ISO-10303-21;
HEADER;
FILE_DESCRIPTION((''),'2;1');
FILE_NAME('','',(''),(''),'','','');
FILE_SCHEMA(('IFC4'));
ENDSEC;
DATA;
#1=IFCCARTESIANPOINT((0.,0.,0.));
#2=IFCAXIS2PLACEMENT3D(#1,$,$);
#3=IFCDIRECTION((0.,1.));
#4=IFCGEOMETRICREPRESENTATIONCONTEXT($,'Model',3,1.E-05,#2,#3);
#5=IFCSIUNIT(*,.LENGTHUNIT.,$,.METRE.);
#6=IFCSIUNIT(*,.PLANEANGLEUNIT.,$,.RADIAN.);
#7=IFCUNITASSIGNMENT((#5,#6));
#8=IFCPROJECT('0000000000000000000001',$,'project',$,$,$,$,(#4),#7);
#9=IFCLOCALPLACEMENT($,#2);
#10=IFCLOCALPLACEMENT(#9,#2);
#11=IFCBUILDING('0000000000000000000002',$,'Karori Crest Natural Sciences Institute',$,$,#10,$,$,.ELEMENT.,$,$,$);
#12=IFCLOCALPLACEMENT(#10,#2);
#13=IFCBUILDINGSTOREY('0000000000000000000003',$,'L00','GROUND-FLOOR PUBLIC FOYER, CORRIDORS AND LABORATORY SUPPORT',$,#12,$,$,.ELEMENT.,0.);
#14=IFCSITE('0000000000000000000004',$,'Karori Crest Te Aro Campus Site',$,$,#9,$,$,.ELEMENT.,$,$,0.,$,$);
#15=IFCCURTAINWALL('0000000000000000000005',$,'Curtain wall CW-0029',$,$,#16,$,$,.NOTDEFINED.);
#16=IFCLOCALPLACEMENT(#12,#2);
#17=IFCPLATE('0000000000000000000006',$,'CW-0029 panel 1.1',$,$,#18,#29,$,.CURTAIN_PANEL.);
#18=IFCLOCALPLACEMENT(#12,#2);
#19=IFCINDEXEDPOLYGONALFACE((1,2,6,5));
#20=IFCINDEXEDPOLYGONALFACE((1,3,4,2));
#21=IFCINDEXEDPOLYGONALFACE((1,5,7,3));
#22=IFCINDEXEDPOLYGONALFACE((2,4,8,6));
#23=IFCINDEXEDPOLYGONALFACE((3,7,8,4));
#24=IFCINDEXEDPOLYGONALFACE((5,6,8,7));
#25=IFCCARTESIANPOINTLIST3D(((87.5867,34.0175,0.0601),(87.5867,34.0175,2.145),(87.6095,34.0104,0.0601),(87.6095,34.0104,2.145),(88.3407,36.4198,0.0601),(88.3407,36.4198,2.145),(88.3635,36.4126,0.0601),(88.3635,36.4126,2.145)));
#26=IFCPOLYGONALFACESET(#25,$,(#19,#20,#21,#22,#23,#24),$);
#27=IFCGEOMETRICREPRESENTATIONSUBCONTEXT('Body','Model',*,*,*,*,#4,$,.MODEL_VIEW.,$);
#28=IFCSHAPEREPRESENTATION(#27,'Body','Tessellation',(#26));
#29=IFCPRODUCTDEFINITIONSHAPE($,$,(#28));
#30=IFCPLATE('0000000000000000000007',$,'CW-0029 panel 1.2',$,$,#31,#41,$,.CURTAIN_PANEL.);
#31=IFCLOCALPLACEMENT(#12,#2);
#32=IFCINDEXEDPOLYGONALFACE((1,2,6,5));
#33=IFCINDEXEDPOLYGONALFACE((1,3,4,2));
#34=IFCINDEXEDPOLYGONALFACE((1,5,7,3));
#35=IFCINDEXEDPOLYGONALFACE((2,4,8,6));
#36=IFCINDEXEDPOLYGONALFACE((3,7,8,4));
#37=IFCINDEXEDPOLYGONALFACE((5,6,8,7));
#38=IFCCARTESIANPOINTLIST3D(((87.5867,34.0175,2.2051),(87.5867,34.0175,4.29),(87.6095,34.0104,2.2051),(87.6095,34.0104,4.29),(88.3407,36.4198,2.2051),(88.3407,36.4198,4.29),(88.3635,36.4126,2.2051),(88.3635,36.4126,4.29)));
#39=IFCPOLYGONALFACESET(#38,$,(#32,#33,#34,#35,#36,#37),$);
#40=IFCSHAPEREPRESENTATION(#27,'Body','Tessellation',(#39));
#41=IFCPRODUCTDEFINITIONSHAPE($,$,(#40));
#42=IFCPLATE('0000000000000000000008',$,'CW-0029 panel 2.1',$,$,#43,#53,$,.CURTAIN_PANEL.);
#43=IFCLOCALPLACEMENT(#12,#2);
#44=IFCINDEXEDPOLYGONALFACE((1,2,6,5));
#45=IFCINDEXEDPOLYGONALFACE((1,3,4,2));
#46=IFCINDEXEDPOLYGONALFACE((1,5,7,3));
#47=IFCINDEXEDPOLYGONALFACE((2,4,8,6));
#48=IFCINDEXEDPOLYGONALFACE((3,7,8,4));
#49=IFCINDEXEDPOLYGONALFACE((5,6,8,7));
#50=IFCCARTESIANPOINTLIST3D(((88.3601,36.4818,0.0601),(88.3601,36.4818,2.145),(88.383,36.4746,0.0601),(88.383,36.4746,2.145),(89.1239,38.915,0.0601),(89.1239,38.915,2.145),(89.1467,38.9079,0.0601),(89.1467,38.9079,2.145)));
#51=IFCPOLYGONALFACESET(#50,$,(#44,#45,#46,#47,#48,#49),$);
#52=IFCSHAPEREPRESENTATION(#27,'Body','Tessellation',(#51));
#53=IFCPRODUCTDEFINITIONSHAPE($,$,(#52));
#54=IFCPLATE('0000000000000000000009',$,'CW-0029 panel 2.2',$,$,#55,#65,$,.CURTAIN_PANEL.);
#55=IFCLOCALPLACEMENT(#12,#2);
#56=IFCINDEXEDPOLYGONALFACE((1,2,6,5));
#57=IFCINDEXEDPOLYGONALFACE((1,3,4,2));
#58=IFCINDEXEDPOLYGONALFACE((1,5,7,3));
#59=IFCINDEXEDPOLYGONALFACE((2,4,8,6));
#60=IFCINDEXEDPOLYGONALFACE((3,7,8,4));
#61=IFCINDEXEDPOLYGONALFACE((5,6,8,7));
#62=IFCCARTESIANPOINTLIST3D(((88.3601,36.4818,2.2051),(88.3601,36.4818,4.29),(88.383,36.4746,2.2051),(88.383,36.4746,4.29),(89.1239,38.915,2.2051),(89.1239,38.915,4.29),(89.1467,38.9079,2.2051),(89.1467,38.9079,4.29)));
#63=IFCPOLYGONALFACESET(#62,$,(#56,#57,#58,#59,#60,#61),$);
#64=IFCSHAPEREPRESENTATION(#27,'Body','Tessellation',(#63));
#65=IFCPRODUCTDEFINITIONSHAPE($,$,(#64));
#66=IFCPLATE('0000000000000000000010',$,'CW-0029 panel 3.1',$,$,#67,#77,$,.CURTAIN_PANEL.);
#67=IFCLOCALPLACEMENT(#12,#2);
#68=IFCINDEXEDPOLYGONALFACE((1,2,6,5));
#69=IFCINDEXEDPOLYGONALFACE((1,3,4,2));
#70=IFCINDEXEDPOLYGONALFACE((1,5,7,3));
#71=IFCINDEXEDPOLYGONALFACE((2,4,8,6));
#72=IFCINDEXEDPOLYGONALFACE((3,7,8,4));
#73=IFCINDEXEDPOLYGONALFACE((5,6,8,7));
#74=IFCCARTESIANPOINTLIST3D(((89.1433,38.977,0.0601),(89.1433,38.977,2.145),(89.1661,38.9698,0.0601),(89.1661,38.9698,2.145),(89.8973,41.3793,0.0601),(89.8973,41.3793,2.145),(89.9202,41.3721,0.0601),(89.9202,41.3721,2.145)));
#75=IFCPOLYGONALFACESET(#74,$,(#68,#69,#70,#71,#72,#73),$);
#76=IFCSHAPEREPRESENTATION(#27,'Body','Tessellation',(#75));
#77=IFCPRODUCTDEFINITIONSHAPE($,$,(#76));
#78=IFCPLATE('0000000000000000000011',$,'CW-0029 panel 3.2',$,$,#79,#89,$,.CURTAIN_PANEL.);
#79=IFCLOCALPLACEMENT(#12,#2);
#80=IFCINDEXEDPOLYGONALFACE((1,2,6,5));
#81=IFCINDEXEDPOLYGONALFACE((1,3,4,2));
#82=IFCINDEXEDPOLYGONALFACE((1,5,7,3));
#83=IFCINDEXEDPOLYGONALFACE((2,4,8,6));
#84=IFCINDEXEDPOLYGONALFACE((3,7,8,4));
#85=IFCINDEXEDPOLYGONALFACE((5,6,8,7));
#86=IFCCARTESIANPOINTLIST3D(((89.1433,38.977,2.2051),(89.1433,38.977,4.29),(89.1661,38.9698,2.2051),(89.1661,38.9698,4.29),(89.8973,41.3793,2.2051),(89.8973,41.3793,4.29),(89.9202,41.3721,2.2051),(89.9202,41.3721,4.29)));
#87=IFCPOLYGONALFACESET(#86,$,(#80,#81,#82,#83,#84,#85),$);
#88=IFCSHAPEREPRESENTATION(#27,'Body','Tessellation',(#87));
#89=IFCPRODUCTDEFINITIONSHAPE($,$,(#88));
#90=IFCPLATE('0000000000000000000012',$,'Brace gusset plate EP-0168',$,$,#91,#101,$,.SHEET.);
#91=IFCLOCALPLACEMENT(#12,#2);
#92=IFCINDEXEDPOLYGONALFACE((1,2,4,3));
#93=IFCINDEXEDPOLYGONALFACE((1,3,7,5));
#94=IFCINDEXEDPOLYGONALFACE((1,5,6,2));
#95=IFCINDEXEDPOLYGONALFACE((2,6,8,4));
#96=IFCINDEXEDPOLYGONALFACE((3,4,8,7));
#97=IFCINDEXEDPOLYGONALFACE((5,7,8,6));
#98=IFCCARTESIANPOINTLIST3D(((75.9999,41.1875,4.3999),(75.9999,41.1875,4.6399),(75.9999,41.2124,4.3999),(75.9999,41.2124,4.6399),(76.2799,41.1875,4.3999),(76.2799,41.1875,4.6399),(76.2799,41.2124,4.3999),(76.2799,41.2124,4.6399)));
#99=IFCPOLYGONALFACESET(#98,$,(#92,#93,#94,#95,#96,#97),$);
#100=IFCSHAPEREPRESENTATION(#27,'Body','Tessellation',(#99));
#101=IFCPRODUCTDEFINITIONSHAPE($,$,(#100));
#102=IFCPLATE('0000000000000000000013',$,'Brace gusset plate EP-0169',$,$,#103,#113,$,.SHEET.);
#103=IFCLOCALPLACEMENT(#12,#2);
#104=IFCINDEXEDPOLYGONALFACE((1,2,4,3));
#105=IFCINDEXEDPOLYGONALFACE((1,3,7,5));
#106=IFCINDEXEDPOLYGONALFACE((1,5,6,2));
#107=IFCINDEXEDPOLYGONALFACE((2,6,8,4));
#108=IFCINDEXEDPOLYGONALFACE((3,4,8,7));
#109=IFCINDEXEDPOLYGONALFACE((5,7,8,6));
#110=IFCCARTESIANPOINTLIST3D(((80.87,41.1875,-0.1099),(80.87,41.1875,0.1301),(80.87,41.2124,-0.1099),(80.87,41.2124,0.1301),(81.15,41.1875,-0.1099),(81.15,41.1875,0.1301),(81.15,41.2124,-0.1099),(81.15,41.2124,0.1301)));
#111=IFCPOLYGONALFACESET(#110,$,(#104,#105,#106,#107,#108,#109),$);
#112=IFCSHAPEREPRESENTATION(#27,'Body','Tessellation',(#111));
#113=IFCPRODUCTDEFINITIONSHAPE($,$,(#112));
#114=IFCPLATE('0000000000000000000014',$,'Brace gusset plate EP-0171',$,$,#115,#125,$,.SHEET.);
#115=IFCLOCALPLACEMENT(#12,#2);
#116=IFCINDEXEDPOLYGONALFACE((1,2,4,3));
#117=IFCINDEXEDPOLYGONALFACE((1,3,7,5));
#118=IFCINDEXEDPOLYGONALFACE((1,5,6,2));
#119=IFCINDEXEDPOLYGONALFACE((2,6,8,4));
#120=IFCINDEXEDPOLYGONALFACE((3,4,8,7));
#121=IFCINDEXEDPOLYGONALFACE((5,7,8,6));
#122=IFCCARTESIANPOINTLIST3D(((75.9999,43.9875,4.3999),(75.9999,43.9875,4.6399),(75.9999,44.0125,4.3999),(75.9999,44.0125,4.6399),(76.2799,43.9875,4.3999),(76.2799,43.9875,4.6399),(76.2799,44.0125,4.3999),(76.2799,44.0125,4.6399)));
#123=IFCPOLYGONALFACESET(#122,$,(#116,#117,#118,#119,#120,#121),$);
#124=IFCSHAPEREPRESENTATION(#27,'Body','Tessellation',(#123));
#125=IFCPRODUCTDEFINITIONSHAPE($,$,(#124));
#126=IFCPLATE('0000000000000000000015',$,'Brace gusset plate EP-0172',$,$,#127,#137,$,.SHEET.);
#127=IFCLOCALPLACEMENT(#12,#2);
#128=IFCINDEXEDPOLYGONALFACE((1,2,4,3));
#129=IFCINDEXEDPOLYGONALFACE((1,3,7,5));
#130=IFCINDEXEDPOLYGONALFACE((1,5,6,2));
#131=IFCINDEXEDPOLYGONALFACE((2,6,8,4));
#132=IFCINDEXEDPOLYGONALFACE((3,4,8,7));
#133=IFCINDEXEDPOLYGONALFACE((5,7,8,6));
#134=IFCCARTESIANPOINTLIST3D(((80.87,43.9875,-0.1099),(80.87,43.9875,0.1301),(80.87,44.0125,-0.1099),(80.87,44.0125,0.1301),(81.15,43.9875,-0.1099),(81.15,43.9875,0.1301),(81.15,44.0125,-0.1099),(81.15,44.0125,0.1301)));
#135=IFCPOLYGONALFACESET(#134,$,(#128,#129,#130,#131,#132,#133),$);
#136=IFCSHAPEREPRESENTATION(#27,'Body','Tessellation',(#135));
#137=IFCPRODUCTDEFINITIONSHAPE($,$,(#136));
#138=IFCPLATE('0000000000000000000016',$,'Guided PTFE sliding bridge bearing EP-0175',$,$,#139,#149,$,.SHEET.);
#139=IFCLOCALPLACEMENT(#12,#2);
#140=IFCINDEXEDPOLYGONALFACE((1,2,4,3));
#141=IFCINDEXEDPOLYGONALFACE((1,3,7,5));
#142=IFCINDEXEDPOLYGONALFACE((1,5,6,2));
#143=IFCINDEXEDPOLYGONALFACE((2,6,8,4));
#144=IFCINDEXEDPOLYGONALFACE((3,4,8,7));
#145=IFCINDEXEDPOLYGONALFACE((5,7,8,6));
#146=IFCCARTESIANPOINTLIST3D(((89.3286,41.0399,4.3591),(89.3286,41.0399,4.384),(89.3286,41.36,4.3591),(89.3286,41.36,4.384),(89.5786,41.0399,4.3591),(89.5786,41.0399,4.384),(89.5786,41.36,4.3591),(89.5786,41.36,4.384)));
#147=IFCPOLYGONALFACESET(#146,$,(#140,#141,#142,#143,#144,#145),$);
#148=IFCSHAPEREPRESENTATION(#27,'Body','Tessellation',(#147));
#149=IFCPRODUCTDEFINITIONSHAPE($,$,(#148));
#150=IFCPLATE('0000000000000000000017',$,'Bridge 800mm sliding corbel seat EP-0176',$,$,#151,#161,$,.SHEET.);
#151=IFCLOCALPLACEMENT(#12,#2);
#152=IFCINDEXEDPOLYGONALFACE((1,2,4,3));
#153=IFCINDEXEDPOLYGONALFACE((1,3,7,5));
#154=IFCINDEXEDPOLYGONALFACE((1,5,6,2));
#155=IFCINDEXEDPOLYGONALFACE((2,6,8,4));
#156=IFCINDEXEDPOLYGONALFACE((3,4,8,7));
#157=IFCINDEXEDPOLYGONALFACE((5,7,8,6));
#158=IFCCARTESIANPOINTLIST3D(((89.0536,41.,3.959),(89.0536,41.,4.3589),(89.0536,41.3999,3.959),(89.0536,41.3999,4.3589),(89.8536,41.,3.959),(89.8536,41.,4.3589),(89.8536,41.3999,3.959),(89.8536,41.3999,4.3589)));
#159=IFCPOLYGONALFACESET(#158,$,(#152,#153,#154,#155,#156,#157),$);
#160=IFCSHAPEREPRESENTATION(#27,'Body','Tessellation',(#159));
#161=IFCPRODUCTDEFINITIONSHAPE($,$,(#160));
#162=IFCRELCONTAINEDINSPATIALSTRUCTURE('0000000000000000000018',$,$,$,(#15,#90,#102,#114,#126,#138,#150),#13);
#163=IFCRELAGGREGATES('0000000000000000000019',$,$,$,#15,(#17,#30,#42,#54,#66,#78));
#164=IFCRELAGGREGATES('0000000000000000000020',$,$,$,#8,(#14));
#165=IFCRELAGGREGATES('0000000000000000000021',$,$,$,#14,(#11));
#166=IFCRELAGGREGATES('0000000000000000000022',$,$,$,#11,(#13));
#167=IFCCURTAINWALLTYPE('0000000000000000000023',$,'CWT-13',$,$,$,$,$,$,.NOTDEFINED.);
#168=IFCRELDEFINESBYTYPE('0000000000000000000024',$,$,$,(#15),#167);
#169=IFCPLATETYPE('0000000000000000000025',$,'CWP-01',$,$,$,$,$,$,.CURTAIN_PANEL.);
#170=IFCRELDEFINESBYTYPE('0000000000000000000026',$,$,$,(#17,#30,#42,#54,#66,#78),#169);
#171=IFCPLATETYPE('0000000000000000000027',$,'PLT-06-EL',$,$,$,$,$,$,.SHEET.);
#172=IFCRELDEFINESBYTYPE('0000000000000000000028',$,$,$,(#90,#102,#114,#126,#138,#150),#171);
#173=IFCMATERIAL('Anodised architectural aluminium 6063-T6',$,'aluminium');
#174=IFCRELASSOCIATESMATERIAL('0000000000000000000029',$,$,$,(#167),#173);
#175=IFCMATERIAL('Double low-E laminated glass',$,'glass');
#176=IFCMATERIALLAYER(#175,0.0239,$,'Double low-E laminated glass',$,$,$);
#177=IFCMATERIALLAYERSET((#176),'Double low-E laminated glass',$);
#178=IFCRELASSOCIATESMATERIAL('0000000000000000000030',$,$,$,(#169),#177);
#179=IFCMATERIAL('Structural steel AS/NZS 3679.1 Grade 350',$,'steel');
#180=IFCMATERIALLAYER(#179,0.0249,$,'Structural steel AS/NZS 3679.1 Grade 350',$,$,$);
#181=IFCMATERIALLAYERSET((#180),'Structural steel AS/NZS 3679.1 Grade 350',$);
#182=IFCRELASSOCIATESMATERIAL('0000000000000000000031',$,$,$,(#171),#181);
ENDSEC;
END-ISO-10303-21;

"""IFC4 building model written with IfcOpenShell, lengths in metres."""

from ifc_helpers import new_model, si_unit, direction, frame, origin, origin_2d, place, context, subcontext, project, spatial, rectangle, extrude, material, layer, layer_set, type_object, element, aggregate, save


model = new_model("IFC4")

# Units and contexts
model_context = context("Model", 3, precision=1e-05, world=origin(), true_north=direction((0.0, 1.0)))
body_context = subcontext(model_context, "Body", "Model", "MODEL_VIEW")
ifc_project = project(units=[si_unit("LENGTHUNIT", "METRE"), si_unit("PLANEANGLEUNIT", "RADIAN")], contexts=[model_context])

# Site, building, storey
site_placement = place(None, origin())
site = spatial("IfcSite", under=ifc_project, at=site_placement, Name="Karori Crest Te Aro Campus Site", CompositionType="ELEMENT", RefElevation=0.0)
building_placement = place(site_placement, origin())
building = spatial("IfcBuilding", under=site, at=building_placement, Name="Karori Crest Natural Sciences Institute", CompositionType="ELEMENT")
storey_placement = place(building_placement, origin())
storey = spatial("IfcBuildingStorey", under=building, at=storey_placement, Name="L00", Description="GROUND-FLOOR PUBLIC FOYER, CORRIDORS AND LABORATORY SUPPORT", CompositionType="ELEMENT", Elevation=0.0)

# Shared definitions
ifc_material_1 = material(Name="Structural steel AS/NZS 3679.1 Grade 350", Category="steel")

# Curtain wall
ifc_material_2 = material(Name="Anodised architectural aluminium 6063-T6", Category="aluminium")
curtain_wall_type = type_object("IfcCurtainWallType", Name="CWT-13", PredefinedType="NOTDEFINED", material=ifc_material_2)
curtain_wall_placement = place(storey_placement, origin())
curtain_wall = element("IfcCurtainWall", 1, at=curtain_wall_placement, inside=storey, type_object=curtain_wall_type, Name="Curtain wall CW-0029", PredefinedType="NOTDEFINED")

# Plates
ifc_material_3 = material(Name="Double low-E laminated glass", Category="glass")
ifc_layer_1 = layer(ifc_material_3, 0.0239, Name="Double low-E laminated glass")
ifc_layer_set_1 = layer_set([ifc_layer_1], Name="Double low-E laminated glass")
plate_type_1 = type_object("IfcPlateType", Name="CWP-01", PredefinedType="CURTAIN_PANEL", material=ifc_layer_set_1)
plate_1_placement = place(storey_placement, frame((87.9751, 35.2151, 0.0601), z_axis=(0.0, 0.0, 1.0), x_axis=(0.299477, 0.954104, 0.0)))
plate_1 = element("IfcPlate", 2, at=plate_1_placement, type_object=plate_type_1, Name="CW-0029 panel 1.1", PredefinedType="CURTAIN_PANEL", context=body_context, shape_type="SweptSolid", body=[
    extrude(rectangle(XDim=2.5178, YDim=0.0239, at=origin_2d()), origin(), (0.0, 0.0, 1.0), 2.085),
])
plate_2_placement = place(storey_placement, frame((87.9751, 35.2151, 2.2051), z_axis=(0.0, 0.0, 1.0), x_axis=(0.299477, 0.954104, 0.0)))
plate_2 = element("IfcPlate", 3, at=plate_2_placement, type_object=plate_type_1, Name="CW-0029 panel 1.2", PredefinedType="CURTAIN_PANEL", context=body_context, shape_type="SweptSolid", body=[
    extrude(rectangle(XDim=2.5178, YDim=0.0239, at=origin_2d()), origin(), (0.0, 0.0, 1.0), 2.085),
])
plate_3_placement = place(storey_placement, frame((88.7534, 37.6948, 0.0601), z_axis=(0.0, 0.0, 1.0), x_axis=(0.299477, 0.954104, 0.0)))
plate_3 = element("IfcPlate", 4, at=plate_3_placement, type_object=plate_type_1, Name="CW-0029 panel 2.1", PredefinedType="CURTAIN_PANEL", context=body_context, shape_type="SweptSolid", body=[
    extrude(rectangle(XDim=2.5503, YDim=0.0239, at=origin_2d()), origin(), (0.0, 0.0, 1.0), 2.085),
])
plate_4_placement = place(storey_placement, frame((88.7534, 37.6948, 2.2051), z_axis=(0.0, 0.0, 1.0), x_axis=(0.299477, 0.954104, 0.0)))
plate_4 = element("IfcPlate", 5, at=plate_4_placement, type_object=plate_type_1, Name="CW-0029 panel 2.2", PredefinedType="CURTAIN_PANEL", context=body_context, shape_type="SweptSolid", body=[
    extrude(rectangle(XDim=2.5503, YDim=0.0239, at=origin_2d()), origin(), (0.0, 0.0, 1.0), 2.085),
])
plate_5_placement = place(storey_placement, frame((89.5317, 40.1746, 0.0601), z_axis=(0.0, 0.0, 1.0), x_axis=(0.299477, 0.954104, 0.0)))
plate_5 = element("IfcPlate", 6, at=plate_5_placement, type_object=plate_type_1, Name="CW-0029 panel 3.1", PredefinedType="CURTAIN_PANEL", context=body_context, shape_type="SweptSolid", body=[
    extrude(rectangle(XDim=2.5178, YDim=0.0239, at=origin_2d()), origin(), (0.0, 0.0, 1.0), 2.085),
])
plate_6_placement = place(storey_placement, frame((89.5317, 40.1746, 2.2051), z_axis=(0.0, 0.0, 1.0), x_axis=(0.299477, 0.954104, 0.0)))
plate_6 = element("IfcPlate", 7, at=plate_6_placement, type_object=plate_type_1, Name="CW-0029 panel 3.2", PredefinedType="CURTAIN_PANEL", context=body_context, shape_type="SweptSolid", body=[
    extrude(rectangle(XDim=2.5178, YDim=0.0239, at=origin_2d()), origin(), (0.0, 0.0, 1.0), 2.085),
])
aggregate(curtain_wall, [plate_1, plate_2, plate_3, plate_4, plate_5, plate_6])

# Plates
ifc_layer_2 = layer(ifc_material_1, 0.0249, Name="Structural steel AS/NZS 3679.1 Grade 350")
ifc_layer_set_2 = layer_set([ifc_layer_2], Name="Structural steel AS/NZS 3679.1 Grade 350")
plate_type_2 = type_object("IfcPlateType", Name="PLT-06-EL", PredefinedType="SHEET", material=ifc_layer_set_2)
for number, where, z_axis, x_axis, name in (
    (8, (76.1399, 41.2, 4.3999), (0.0, 0.0, 1.0), (1.0, 0.0, 0.0), "Brace gusset plate EP-0168"),
    (9, (81.01, 41.2, -0.1099), (0.0, 0.0, 1.0), (1.0, 0.0, 0.0), "Brace gusset plate EP-0169"),
    (10, (76.1399, 44.0, 4.3999), (0.0, 0.0, 1.0), (1.0, 0.0, 0.0), "Brace gusset plate EP-0171"),
    (11, (81.01, 44.0, -0.1099), (0.0, 0.0, 1.0), (1.0, 0.0, 0.0), "Brace gusset plate EP-0172"),
):
    element("IfcPlate", number, at=place(storey_placement, frame(where, z_axis=z_axis, x_axis=x_axis)), inside=storey, type_object=plate_type_2, Name=name, PredefinedType="SHEET", context=body_context, shape_type="SweptSolid", body=[
        extrude(rectangle(XDim=0.28, YDim=0.0249, at=origin_2d()), origin(), (0.0, 0.0, 1.0), 0.24),
    ])
plate_7_placement = place(storey_placement, frame((89.4536, 41.2, 4.3591), z_axis=(0.0, 0.0, 1.0), x_axis=(1.0, 0.0, 0.0)))
element("IfcPlate", 12, at=plate_7_placement, inside=storey, type_object=plate_type_2, Name="Guided PTFE sliding bridge bearing EP-0175", PredefinedType="SHEET", context=body_context, shape_type="SweptSolid", body=[
    extrude(rectangle(XDim=0.25, YDim=0.3201, at=origin_2d()), origin(), (0.0, 0.0, 1.0), 0.0249),
])
plate_8_placement = place(storey_placement, frame((89.4536, 41.2, 3.959), z_axis=(0.0, 0.0, 1.0), x_axis=(1.0, 0.0, 0.0)))
element("IfcPlate", 13, at=plate_8_placement, inside=storey, type_object=plate_type_2, Name="Bridge 800mm sliding corbel seat EP-0176", PredefinedType="SHEET", context=body_context, shape_type="SweptSolid", body=[
    extrude(rectangle(XDim=0.8, YDim=0.3999, at=origin_2d()), origin(), (0.0, 0.0, 1.0), 0.3999),
])

save(model, "model.ifc")
